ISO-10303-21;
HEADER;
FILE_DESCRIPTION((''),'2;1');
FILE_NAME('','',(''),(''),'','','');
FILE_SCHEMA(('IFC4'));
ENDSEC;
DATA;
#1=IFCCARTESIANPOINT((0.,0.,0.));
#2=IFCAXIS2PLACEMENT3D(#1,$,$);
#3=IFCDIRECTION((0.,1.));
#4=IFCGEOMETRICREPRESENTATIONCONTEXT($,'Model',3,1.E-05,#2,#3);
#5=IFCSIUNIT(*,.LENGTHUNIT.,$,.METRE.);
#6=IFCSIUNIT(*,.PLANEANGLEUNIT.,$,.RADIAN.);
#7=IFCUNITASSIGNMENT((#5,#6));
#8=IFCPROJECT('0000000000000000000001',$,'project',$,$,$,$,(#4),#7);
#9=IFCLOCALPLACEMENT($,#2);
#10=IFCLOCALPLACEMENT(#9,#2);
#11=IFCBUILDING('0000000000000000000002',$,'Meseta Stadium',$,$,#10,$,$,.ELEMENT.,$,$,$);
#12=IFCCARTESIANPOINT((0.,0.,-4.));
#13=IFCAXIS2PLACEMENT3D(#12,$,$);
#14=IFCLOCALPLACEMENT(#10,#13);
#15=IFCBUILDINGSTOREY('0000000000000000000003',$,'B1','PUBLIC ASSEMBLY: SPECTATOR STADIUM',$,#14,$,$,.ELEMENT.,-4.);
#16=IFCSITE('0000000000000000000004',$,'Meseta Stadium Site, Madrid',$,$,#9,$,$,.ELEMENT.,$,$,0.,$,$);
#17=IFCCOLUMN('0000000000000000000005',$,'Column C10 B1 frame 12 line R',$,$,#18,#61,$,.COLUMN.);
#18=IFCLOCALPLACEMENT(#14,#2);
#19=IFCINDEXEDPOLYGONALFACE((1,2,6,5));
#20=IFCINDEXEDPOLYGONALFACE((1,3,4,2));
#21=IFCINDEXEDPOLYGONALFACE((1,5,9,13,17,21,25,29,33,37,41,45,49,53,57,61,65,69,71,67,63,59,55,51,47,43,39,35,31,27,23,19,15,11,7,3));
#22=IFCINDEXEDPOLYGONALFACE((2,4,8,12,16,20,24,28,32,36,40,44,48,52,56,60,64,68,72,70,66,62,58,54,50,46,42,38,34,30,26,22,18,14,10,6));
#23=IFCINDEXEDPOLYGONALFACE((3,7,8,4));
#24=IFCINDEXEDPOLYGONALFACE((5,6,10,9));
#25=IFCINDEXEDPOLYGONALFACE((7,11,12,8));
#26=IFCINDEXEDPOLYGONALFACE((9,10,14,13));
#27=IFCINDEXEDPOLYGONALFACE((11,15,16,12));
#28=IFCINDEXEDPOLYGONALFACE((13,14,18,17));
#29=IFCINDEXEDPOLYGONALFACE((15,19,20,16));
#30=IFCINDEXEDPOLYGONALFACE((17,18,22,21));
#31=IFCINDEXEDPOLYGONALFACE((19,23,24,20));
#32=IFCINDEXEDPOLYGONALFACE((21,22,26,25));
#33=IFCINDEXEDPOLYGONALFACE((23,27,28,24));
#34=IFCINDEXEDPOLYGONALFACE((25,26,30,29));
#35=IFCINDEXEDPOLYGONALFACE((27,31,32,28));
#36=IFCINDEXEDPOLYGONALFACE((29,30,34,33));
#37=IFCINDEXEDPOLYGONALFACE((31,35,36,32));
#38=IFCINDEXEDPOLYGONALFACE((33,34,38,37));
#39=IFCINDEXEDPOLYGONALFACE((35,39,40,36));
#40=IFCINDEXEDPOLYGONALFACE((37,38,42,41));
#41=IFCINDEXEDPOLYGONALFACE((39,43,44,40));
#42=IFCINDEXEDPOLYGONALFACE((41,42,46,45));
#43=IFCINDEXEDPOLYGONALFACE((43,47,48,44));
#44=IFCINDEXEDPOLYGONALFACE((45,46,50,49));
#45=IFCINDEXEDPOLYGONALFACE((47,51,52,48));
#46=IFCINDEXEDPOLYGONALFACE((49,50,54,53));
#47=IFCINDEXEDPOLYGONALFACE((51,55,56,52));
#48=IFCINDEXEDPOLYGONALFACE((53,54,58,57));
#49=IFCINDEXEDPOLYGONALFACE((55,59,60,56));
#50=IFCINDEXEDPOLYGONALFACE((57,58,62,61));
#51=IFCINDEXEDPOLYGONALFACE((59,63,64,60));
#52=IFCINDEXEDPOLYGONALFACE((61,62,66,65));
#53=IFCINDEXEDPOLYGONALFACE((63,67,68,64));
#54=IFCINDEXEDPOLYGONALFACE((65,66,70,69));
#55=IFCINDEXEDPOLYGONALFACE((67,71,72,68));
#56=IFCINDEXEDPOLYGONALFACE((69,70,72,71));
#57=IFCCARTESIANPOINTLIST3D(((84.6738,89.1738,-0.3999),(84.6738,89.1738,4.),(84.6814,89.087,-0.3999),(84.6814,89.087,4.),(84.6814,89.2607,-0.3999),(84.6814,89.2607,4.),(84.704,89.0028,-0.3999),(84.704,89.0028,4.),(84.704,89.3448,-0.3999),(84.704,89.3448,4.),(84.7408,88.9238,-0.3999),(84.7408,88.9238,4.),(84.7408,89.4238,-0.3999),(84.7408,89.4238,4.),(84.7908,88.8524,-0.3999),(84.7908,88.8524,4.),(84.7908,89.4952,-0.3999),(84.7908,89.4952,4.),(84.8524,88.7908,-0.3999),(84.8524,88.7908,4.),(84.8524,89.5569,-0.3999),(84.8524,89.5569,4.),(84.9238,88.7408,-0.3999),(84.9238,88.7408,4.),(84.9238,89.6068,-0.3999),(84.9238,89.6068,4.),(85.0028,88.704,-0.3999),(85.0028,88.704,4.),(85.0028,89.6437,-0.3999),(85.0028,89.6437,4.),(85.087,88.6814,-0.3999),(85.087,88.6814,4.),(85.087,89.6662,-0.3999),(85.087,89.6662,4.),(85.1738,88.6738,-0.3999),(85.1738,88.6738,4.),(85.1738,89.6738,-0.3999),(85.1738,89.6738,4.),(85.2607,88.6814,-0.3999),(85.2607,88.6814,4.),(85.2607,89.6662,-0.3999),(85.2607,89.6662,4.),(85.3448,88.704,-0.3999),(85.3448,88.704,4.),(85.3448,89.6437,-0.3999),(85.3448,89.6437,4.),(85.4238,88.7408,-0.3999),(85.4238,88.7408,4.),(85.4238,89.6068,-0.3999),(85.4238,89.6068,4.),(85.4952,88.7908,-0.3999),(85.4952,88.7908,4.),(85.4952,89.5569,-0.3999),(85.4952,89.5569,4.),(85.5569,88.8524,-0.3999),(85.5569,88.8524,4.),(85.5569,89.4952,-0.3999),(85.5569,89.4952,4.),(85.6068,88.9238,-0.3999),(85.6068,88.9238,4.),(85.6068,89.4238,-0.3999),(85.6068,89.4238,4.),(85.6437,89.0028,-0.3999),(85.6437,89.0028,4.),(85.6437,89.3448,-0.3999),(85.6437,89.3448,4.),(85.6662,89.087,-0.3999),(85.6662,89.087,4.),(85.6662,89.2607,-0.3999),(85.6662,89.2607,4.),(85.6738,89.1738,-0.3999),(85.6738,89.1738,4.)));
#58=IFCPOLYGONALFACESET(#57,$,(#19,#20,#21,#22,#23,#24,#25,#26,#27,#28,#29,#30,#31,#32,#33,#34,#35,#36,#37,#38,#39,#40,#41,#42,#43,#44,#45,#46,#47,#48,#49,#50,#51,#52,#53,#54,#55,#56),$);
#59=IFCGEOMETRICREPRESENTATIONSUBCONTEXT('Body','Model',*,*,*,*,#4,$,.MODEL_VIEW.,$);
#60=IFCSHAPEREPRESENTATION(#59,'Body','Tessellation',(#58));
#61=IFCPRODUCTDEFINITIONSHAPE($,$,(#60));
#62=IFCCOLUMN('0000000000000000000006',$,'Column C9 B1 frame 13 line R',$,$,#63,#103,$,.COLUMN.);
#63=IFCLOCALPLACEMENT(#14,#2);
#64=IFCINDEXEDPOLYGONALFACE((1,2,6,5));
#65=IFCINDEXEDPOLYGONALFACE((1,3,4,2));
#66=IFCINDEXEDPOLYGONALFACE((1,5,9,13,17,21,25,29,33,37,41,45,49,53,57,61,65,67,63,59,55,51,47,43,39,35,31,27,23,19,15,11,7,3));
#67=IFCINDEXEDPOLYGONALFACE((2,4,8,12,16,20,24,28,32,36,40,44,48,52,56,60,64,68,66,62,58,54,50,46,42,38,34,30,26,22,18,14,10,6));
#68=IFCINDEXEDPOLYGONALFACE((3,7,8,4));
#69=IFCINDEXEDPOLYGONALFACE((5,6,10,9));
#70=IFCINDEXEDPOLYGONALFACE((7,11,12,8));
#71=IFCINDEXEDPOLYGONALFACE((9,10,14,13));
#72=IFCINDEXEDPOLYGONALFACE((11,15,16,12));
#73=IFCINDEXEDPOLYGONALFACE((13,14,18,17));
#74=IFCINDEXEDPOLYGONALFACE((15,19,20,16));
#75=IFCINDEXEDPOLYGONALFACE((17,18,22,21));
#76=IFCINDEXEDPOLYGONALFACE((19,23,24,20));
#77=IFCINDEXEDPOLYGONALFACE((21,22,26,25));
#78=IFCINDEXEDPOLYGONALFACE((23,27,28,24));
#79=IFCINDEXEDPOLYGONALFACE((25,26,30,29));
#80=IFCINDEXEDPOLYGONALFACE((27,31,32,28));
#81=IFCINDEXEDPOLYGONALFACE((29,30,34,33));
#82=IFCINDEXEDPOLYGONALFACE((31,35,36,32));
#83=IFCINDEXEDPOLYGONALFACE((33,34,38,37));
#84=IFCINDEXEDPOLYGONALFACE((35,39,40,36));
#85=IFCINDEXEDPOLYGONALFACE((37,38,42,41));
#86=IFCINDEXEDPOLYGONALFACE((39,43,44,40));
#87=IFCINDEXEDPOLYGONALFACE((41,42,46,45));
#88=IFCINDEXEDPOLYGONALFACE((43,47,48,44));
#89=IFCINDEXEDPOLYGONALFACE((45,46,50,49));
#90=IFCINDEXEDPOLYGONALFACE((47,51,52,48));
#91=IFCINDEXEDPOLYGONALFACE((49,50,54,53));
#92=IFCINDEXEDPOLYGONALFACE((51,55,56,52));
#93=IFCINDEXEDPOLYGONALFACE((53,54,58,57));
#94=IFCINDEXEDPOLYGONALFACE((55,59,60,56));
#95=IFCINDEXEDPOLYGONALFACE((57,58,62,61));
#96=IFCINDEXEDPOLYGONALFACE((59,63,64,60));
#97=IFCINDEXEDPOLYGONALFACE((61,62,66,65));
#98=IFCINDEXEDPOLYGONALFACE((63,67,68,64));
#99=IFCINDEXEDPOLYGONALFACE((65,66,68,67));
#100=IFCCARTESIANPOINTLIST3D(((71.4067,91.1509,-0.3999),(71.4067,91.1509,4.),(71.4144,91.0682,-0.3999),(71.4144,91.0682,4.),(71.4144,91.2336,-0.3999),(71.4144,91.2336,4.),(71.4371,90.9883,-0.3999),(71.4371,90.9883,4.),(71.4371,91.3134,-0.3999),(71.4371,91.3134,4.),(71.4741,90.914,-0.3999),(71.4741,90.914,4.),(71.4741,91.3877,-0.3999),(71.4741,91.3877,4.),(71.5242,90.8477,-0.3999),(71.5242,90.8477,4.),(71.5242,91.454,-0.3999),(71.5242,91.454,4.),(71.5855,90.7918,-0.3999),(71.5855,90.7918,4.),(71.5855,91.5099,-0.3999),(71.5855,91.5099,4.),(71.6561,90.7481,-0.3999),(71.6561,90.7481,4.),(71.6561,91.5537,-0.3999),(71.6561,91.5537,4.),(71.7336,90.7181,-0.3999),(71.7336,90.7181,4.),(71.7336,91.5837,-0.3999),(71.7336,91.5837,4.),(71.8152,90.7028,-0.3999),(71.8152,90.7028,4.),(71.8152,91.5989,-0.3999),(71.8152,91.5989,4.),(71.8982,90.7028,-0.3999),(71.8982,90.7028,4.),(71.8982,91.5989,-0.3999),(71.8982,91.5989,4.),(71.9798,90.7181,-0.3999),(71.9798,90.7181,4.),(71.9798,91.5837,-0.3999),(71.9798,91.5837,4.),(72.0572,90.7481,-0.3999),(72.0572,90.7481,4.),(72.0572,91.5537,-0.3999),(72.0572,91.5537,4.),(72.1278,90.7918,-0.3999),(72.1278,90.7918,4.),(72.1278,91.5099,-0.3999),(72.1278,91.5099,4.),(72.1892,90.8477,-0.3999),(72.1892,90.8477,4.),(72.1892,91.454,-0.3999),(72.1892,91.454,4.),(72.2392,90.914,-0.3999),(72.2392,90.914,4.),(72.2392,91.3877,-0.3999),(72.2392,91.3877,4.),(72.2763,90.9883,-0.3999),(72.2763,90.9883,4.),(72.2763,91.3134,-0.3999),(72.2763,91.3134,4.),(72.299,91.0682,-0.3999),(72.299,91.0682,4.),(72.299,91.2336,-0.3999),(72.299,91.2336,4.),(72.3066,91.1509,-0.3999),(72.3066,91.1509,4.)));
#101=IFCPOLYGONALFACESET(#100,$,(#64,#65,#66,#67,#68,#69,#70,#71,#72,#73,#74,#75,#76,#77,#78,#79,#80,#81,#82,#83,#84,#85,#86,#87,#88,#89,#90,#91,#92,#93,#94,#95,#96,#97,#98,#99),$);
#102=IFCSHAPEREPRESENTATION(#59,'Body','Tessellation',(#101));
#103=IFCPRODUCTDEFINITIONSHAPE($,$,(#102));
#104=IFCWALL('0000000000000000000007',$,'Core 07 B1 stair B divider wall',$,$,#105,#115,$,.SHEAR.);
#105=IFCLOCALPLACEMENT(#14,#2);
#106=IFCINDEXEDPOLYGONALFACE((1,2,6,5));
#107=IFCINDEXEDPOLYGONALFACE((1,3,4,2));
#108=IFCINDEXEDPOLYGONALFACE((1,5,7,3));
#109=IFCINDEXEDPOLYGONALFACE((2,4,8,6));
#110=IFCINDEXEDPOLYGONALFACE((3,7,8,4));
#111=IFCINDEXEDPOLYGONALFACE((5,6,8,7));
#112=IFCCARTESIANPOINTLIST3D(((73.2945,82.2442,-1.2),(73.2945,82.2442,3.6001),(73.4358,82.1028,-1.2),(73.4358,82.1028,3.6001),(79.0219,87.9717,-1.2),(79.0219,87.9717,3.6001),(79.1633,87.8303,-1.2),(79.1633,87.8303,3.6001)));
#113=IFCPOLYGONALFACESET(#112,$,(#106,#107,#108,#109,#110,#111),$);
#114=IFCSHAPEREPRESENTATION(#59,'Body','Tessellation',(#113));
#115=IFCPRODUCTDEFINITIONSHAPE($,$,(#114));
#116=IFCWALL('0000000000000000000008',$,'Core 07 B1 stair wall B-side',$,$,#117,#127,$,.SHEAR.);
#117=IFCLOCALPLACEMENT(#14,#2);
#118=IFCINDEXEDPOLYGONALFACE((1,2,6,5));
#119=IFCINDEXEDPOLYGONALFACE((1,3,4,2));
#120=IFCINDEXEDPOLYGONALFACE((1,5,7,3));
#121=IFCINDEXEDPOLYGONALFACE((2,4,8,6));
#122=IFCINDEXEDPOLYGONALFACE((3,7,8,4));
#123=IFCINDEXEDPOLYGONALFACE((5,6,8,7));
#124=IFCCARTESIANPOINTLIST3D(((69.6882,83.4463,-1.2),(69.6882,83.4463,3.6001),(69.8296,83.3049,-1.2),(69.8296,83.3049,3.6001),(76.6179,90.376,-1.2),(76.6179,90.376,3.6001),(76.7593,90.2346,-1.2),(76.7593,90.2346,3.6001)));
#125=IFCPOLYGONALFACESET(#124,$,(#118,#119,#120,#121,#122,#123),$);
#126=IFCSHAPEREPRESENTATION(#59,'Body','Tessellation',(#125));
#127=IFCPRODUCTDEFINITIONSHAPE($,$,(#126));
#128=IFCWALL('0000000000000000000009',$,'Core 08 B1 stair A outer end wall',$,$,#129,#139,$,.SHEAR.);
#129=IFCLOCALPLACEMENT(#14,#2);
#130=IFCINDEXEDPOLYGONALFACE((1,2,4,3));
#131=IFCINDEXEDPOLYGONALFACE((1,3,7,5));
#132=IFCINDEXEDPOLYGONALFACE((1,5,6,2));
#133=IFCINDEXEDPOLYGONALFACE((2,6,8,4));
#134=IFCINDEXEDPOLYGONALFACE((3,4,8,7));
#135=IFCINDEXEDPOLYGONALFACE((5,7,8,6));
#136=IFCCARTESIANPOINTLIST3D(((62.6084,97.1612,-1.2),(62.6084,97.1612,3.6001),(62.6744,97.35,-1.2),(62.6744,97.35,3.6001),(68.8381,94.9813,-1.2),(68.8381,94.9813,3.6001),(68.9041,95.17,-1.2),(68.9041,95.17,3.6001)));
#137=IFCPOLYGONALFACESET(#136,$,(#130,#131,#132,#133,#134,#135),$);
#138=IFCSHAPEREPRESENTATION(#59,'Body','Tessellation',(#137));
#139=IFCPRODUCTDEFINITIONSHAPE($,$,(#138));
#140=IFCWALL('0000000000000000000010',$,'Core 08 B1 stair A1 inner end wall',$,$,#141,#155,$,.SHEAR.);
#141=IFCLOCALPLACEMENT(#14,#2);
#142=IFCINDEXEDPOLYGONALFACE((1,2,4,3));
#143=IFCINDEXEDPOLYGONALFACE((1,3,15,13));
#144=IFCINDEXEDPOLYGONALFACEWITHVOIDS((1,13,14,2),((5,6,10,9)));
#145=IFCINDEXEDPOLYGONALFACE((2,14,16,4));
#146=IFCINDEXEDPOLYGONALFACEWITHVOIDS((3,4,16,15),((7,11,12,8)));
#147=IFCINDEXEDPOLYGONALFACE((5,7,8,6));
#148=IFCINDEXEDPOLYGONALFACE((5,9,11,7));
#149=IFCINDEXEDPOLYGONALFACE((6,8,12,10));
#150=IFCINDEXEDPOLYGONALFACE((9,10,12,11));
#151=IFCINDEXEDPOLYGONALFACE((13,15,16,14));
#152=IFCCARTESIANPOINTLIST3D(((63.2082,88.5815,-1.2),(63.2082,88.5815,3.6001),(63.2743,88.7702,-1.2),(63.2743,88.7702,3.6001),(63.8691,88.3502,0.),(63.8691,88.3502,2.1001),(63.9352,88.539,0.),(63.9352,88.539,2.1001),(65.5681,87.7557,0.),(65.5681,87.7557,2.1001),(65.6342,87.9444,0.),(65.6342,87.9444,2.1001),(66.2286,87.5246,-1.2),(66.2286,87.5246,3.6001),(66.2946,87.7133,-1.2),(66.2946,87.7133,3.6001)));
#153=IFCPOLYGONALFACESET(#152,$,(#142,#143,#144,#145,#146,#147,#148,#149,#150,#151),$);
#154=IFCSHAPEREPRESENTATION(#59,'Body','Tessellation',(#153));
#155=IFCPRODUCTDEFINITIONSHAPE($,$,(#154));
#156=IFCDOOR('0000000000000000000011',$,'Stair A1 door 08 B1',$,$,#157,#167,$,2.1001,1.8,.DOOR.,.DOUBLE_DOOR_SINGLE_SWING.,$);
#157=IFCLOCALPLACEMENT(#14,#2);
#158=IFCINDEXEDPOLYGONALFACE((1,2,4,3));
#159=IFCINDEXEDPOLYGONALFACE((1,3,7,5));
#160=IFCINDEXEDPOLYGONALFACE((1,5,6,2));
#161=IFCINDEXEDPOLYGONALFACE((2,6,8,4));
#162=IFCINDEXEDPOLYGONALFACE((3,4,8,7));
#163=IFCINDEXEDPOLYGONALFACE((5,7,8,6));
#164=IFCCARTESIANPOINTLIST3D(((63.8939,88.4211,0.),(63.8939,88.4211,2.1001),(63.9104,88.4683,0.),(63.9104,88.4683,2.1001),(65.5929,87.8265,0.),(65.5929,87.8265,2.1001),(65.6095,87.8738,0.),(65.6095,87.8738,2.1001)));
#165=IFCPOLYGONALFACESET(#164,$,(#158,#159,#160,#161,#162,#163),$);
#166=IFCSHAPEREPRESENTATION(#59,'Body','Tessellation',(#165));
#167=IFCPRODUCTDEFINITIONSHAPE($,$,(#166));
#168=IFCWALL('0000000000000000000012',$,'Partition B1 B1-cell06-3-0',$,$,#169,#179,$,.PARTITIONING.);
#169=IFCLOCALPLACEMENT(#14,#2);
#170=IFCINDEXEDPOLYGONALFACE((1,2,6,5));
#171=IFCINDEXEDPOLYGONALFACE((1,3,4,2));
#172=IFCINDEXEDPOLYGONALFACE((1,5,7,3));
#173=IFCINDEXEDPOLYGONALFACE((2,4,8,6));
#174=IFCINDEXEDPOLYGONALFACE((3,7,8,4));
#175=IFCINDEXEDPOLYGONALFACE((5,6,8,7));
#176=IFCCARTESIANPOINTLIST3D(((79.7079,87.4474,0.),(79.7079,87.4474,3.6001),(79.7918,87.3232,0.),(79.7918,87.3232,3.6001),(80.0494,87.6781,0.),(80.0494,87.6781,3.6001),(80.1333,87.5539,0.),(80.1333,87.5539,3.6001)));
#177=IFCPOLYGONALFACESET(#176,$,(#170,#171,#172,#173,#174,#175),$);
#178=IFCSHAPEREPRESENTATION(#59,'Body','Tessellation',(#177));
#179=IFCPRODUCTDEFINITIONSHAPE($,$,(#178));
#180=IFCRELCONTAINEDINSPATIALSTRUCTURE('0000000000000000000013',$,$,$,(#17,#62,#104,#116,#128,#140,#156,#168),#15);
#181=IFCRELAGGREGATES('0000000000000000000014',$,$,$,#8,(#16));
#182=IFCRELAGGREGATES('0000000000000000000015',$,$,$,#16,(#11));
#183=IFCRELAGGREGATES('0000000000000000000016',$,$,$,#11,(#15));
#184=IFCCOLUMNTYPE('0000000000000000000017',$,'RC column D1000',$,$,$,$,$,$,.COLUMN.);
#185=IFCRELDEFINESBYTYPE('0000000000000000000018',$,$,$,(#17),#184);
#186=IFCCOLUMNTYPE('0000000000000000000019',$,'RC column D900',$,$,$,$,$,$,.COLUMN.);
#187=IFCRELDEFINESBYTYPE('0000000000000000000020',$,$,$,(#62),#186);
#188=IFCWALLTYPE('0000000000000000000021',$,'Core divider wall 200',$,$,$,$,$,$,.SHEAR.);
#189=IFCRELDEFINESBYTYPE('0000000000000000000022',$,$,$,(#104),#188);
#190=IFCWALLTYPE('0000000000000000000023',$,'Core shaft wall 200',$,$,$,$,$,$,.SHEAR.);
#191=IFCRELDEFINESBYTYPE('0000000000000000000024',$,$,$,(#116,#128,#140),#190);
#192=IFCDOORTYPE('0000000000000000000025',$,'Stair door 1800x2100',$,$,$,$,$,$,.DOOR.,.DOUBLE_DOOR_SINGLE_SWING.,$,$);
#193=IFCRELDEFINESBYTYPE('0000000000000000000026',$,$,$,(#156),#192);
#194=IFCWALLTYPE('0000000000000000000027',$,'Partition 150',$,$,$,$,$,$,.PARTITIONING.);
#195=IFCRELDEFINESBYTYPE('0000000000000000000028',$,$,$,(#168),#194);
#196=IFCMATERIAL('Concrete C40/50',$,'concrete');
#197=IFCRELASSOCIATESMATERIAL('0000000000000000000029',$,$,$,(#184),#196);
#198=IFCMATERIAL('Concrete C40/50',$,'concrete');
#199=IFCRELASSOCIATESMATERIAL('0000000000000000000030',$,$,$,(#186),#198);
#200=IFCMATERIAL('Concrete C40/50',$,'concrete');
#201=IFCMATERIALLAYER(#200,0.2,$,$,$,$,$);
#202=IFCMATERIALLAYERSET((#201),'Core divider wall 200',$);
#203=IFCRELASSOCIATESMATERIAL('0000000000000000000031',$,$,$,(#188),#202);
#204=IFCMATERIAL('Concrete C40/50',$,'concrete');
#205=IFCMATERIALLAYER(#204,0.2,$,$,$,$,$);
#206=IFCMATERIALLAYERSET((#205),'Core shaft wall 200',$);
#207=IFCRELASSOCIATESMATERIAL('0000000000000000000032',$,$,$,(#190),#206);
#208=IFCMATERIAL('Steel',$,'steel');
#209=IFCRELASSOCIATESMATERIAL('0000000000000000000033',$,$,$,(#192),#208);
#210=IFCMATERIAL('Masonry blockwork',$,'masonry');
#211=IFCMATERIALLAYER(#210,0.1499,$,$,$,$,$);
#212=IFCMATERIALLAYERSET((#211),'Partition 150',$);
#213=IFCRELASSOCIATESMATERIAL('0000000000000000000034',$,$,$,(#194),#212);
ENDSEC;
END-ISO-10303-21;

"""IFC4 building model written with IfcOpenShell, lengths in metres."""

from ifc_helpers import new_model, si_unit, direction, frame, frame_2d, origin, origin_2d, place, context, subcontext, project, spatial, rectangle, circle, extrude, material, layer, layer_set, material_profile, profile_set, type_object, element, fill, save


model = new_model("IFC4")

# Units and contexts
model_context = context("Model", 3, precision=1e-05, world=origin(), true_north=direction((0.0, 1.0)))
body_context = subcontext(model_context, "Body", "Model", "MODEL_VIEW")
ifc_project = project(units=[si_unit("LENGTHUNIT", "METRE"), si_unit("PLANEANGLEUNIT", "RADIAN")], contexts=[model_context])

# Site, building, storey
site_placement = place(None, origin())
site = spatial("IfcSite", under=ifc_project, at=site_placement, Name="Meseta Stadium Site, Madrid", CompositionType="ELEMENT", RefElevation=0.0)
building_placement = place(site_placement, origin())
building = spatial("IfcBuilding", under=site, at=building_placement, Name="Meseta Stadium", CompositionType="ELEMENT")
storey_placement = place(building_placement, frame((0.0, 0.0, -4.0)))
storey = spatial("IfcBuildingStorey", under=building, at=storey_placement, Name="B1", Description="PUBLIC ASSEMBLY: SPECTATOR STADIUM", CompositionType="ELEMENT", Elevation=-4.0)

# Columns
ifc_material_1 = material(Name="Concrete C40/50", Category="concrete")
ifc_material_profile_1 = material_profile(ifc_material_1, circle(Radius=0.5, at=origin_2d()), Name="RC D1000")
ifc_profile_set_1 = profile_set([ifc_material_profile_1], Name="Concrete C40/50")
column_type_1 = type_object("IfcColumnType", Name="RC column D1000", PredefinedType="COLUMN", material=ifc_profile_set_1)
column_1_placement = place(storey_placement, frame((85.1738, 89.1738, -0.3999), z_axis=(0.0, 0.0, 1.0), x_axis=(1.0, 0.0, 0.0)))
element("IfcColumn", 1, at=column_1_placement, inside=storey, type_object=column_type_1, Name="Column C10 B1 frame 12 line R", PredefinedType="COLUMN", context=body_context, shape_type="SweptSolid", body=[
    extrude(circle(Radius=0.5, at=origin_2d()), origin(), (0.0, 0.0, 1.0), 4.3999),
])
ifc_material_2 = material(Name="Concrete C40/50", Category="concrete")
ifc_material_profile_2 = material_profile(ifc_material_2, circle(Radius=0.45, at=origin_2d()), Name="RC D900")
ifc_profile_set_2 = profile_set([ifc_material_profile_2], Name="Concrete C40/50")
column_type_2 = type_object("IfcColumnType", Name="RC column D900", PredefinedType="COLUMN", material=ifc_profile_set_2)
column_2_placement = place(storey_placement, frame((71.8567, 91.1509, -0.3999), z_axis=(0.0, 0.0, 1.0), x_axis=(1.0, 0.0, 0.0)))
element("IfcColumn", 2, at=column_2_placement, inside=storey, type_object=column_type_2, Name="Column C9 B1 frame 13 line R", PredefinedType="COLUMN", context=body_context, shape_type="SweptSolid", body=[
    extrude(circle(Radius=0.45, at=origin_2d()), origin(), (0.0, 0.0, 1.0), 4.3999),
])

# Walls
ifc_material_3 = material(Name="Concrete C40/50", Category="concrete")
ifc_layer_1 = layer(ifc_material_3, 0.2)
ifc_layer_set_1 = layer_set([ifc_layer_1], Name="Core divider wall 200")
wall_type_1 = type_object("IfcWallType", Name="Core divider wall 200", PredefinedType="SHEAR", material=ifc_layer_set_1)
wall_1_placement = place(storey_placement, frame((79.0925, 87.9009, -1.2), z_axis=(0.0, 0.0, 1.0), x_axis=(-0.707107, -0.707107, 0.0)))
element("IfcWall", 3, at=wall_1_placement, inside=storey, type_object=wall_type_1, Name="Core 07 B1 stair B divider wall", PredefinedType="SHEAR", context=body_context, shape_type="SweptSolid", body=[
    extrude(rectangle(XDim=8.0999, YDim=0.2, at=frame_2d((4.0498, 0.0))), origin(), (0.0, 0.0, 1.0), 4.8),
])
ifc_material_4 = material(Name="Concrete C40/50", Category="concrete")
ifc_layer_2 = layer(ifc_material_4, 0.2)
ifc_layer_set_2 = layer_set([ifc_layer_2], Name="Core shaft wall 200")
wall_type_2 = type_object("IfcWallType", Name="Core shaft wall 200", PredefinedType="SHEAR", material=ifc_layer_set_2)
wall_2_placement = place(storey_placement, frame((76.6885, 90.3052, -1.2), z_axis=(0.0, 0.0, 1.0), x_axis=(-0.707107, -0.707107, 0.0)))
element("IfcWall", 4, at=wall_2_placement, inside=storey, type_object=wall_type_2, Name="Core 07 B1 stair wall B-side", PredefinedType="SHEAR", context=body_context, shape_type="SweptSolid", body=[
    extrude(rectangle(XDim=9.8, YDim=0.2, at=frame_2d((4.8999, 0.0))), origin(), (0.0, 0.0, 1.0), 4.8),
])
wall_3_placement = place(storey_placement, frame((68.8711, 95.0757, -1.2), z_axis=(0.0, 0.0, 1.0), x_axis=(-0.943881, 0.330286, 0.0)))
element("IfcWall", 5, at=wall_3_placement, inside=storey, type_object=wall_type_2, Name="Core 08 B1 stair A outer end wall", PredefinedType="SHEAR", context=body_context, shape_type="SweptSolid", body=[
    extrude(rectangle(XDim=6.6001, YDim=0.2, at=frame_2d((3.3, 0.0))), origin(), (0.0, 0.0, 1.0), 4.8),
])

# Wall, opening, door
wall_4_placement = place(storey_placement, frame((66.2617, 87.6189, -1.2), z_axis=(0.0, 0.0, 1.0), x_axis=(-0.943879, 0.330293, 0.0)))
wall_4 = element("IfcWall", 6, at=wall_4_placement, inside=storey, type_object=wall_type_2, Name="Core 08 B1 stair A1 inner end wall", PredefinedType="SHEAR", context=body_context, shape_type="SweptSolid", body=[
    extrude(rectangle(XDim=3.2, YDim=0.2, at=frame_2d((1.6001, 0.0))), origin(), (0.0, 0.0, 1.0), 4.8),
])
opening_placement = place(wall_4_placement, frame((0.7, 0.0, 1.2)))
opening = element("IfcOpeningElement", 7, at=opening_placement, cuts=wall_4, PredefinedType="OPENING", context=body_context, shape_type="SweptSolid", body=[
    extrude(rectangle(XDim=1.8, YDim=2.1001, at=frame_2d((0.8999, 1.05))), frame((0.0, 0.1099, 0.0), z_axis=(0.0, -1.0, 0.0), x_axis=(1.0, 0.0, 0.0)), (0.0, 0.0, 1.0), 0.22),
])
ifc_material_5 = material(Name="Steel", Category="steel")
door_type = type_object("IfcDoorType", Name="Stair door 1800x2100", OperationType="DOUBLE_DOOR_SINGLE_SWING", PredefinedType="DOOR", material=ifc_material_5)
door_placement = place(opening_placement, origin())
door = element("IfcDoor", 8, at=door_placement, inside=storey, type_object=door_type, Name="Stair A1 door 08 B1", OperationType="DOUBLE_DOOR_SINGLE_SWING", OverallHeight=2.1001, OverallWidth=1.8, PredefinedType="DOOR", context=body_context, shape_type="SweptSolid", body=[
    extrude(rectangle(XDim=1.8, YDim=2.1001, at=frame_2d((0.8999, 1.05))), frame((0.0, 0.0249, 0.0), z_axis=(0.0, -1.0, 0.0), x_axis=(1.0, 0.0, 0.0)), (0.0, 0.0, 1.0), 0.05),
])
fill(opening, door)

# Wall
ifc_material_6 = material(Name="Masonry blockwork", Category="masonry")
ifc_layer_3 = layer(ifc_material_6, 0.1499)
ifc_layer_set_3 = layer_set([ifc_layer_3], Name="Partition 150")
wall_type_3 = type_object("IfcWallType", Name="Partition 150", PredefinedType="PARTITIONING", material=ifc_layer_set_3)
wall_5_placement = place(storey_placement, frame((80.0913, 87.616, 0.0), z_axis=(0.0, 0.0, 1.0), x_axis=(-0.828663, -0.559747, 0.0)))
element("IfcWall", 9, at=wall_5_placement, inside=storey, type_object=wall_type_3, Name="Partition B1 B1-cell06-3-0", PredefinedType="PARTITIONING", context=body_context, shape_type="SweptSolid", body=[
    extrude(rectangle(XDim=0.4121, YDim=0.1499, at=frame_2d((0.2061, 0.0))), origin(), (0.0, 0.0, 1.0), 3.6001),
])

save(model, "model.ifc")
